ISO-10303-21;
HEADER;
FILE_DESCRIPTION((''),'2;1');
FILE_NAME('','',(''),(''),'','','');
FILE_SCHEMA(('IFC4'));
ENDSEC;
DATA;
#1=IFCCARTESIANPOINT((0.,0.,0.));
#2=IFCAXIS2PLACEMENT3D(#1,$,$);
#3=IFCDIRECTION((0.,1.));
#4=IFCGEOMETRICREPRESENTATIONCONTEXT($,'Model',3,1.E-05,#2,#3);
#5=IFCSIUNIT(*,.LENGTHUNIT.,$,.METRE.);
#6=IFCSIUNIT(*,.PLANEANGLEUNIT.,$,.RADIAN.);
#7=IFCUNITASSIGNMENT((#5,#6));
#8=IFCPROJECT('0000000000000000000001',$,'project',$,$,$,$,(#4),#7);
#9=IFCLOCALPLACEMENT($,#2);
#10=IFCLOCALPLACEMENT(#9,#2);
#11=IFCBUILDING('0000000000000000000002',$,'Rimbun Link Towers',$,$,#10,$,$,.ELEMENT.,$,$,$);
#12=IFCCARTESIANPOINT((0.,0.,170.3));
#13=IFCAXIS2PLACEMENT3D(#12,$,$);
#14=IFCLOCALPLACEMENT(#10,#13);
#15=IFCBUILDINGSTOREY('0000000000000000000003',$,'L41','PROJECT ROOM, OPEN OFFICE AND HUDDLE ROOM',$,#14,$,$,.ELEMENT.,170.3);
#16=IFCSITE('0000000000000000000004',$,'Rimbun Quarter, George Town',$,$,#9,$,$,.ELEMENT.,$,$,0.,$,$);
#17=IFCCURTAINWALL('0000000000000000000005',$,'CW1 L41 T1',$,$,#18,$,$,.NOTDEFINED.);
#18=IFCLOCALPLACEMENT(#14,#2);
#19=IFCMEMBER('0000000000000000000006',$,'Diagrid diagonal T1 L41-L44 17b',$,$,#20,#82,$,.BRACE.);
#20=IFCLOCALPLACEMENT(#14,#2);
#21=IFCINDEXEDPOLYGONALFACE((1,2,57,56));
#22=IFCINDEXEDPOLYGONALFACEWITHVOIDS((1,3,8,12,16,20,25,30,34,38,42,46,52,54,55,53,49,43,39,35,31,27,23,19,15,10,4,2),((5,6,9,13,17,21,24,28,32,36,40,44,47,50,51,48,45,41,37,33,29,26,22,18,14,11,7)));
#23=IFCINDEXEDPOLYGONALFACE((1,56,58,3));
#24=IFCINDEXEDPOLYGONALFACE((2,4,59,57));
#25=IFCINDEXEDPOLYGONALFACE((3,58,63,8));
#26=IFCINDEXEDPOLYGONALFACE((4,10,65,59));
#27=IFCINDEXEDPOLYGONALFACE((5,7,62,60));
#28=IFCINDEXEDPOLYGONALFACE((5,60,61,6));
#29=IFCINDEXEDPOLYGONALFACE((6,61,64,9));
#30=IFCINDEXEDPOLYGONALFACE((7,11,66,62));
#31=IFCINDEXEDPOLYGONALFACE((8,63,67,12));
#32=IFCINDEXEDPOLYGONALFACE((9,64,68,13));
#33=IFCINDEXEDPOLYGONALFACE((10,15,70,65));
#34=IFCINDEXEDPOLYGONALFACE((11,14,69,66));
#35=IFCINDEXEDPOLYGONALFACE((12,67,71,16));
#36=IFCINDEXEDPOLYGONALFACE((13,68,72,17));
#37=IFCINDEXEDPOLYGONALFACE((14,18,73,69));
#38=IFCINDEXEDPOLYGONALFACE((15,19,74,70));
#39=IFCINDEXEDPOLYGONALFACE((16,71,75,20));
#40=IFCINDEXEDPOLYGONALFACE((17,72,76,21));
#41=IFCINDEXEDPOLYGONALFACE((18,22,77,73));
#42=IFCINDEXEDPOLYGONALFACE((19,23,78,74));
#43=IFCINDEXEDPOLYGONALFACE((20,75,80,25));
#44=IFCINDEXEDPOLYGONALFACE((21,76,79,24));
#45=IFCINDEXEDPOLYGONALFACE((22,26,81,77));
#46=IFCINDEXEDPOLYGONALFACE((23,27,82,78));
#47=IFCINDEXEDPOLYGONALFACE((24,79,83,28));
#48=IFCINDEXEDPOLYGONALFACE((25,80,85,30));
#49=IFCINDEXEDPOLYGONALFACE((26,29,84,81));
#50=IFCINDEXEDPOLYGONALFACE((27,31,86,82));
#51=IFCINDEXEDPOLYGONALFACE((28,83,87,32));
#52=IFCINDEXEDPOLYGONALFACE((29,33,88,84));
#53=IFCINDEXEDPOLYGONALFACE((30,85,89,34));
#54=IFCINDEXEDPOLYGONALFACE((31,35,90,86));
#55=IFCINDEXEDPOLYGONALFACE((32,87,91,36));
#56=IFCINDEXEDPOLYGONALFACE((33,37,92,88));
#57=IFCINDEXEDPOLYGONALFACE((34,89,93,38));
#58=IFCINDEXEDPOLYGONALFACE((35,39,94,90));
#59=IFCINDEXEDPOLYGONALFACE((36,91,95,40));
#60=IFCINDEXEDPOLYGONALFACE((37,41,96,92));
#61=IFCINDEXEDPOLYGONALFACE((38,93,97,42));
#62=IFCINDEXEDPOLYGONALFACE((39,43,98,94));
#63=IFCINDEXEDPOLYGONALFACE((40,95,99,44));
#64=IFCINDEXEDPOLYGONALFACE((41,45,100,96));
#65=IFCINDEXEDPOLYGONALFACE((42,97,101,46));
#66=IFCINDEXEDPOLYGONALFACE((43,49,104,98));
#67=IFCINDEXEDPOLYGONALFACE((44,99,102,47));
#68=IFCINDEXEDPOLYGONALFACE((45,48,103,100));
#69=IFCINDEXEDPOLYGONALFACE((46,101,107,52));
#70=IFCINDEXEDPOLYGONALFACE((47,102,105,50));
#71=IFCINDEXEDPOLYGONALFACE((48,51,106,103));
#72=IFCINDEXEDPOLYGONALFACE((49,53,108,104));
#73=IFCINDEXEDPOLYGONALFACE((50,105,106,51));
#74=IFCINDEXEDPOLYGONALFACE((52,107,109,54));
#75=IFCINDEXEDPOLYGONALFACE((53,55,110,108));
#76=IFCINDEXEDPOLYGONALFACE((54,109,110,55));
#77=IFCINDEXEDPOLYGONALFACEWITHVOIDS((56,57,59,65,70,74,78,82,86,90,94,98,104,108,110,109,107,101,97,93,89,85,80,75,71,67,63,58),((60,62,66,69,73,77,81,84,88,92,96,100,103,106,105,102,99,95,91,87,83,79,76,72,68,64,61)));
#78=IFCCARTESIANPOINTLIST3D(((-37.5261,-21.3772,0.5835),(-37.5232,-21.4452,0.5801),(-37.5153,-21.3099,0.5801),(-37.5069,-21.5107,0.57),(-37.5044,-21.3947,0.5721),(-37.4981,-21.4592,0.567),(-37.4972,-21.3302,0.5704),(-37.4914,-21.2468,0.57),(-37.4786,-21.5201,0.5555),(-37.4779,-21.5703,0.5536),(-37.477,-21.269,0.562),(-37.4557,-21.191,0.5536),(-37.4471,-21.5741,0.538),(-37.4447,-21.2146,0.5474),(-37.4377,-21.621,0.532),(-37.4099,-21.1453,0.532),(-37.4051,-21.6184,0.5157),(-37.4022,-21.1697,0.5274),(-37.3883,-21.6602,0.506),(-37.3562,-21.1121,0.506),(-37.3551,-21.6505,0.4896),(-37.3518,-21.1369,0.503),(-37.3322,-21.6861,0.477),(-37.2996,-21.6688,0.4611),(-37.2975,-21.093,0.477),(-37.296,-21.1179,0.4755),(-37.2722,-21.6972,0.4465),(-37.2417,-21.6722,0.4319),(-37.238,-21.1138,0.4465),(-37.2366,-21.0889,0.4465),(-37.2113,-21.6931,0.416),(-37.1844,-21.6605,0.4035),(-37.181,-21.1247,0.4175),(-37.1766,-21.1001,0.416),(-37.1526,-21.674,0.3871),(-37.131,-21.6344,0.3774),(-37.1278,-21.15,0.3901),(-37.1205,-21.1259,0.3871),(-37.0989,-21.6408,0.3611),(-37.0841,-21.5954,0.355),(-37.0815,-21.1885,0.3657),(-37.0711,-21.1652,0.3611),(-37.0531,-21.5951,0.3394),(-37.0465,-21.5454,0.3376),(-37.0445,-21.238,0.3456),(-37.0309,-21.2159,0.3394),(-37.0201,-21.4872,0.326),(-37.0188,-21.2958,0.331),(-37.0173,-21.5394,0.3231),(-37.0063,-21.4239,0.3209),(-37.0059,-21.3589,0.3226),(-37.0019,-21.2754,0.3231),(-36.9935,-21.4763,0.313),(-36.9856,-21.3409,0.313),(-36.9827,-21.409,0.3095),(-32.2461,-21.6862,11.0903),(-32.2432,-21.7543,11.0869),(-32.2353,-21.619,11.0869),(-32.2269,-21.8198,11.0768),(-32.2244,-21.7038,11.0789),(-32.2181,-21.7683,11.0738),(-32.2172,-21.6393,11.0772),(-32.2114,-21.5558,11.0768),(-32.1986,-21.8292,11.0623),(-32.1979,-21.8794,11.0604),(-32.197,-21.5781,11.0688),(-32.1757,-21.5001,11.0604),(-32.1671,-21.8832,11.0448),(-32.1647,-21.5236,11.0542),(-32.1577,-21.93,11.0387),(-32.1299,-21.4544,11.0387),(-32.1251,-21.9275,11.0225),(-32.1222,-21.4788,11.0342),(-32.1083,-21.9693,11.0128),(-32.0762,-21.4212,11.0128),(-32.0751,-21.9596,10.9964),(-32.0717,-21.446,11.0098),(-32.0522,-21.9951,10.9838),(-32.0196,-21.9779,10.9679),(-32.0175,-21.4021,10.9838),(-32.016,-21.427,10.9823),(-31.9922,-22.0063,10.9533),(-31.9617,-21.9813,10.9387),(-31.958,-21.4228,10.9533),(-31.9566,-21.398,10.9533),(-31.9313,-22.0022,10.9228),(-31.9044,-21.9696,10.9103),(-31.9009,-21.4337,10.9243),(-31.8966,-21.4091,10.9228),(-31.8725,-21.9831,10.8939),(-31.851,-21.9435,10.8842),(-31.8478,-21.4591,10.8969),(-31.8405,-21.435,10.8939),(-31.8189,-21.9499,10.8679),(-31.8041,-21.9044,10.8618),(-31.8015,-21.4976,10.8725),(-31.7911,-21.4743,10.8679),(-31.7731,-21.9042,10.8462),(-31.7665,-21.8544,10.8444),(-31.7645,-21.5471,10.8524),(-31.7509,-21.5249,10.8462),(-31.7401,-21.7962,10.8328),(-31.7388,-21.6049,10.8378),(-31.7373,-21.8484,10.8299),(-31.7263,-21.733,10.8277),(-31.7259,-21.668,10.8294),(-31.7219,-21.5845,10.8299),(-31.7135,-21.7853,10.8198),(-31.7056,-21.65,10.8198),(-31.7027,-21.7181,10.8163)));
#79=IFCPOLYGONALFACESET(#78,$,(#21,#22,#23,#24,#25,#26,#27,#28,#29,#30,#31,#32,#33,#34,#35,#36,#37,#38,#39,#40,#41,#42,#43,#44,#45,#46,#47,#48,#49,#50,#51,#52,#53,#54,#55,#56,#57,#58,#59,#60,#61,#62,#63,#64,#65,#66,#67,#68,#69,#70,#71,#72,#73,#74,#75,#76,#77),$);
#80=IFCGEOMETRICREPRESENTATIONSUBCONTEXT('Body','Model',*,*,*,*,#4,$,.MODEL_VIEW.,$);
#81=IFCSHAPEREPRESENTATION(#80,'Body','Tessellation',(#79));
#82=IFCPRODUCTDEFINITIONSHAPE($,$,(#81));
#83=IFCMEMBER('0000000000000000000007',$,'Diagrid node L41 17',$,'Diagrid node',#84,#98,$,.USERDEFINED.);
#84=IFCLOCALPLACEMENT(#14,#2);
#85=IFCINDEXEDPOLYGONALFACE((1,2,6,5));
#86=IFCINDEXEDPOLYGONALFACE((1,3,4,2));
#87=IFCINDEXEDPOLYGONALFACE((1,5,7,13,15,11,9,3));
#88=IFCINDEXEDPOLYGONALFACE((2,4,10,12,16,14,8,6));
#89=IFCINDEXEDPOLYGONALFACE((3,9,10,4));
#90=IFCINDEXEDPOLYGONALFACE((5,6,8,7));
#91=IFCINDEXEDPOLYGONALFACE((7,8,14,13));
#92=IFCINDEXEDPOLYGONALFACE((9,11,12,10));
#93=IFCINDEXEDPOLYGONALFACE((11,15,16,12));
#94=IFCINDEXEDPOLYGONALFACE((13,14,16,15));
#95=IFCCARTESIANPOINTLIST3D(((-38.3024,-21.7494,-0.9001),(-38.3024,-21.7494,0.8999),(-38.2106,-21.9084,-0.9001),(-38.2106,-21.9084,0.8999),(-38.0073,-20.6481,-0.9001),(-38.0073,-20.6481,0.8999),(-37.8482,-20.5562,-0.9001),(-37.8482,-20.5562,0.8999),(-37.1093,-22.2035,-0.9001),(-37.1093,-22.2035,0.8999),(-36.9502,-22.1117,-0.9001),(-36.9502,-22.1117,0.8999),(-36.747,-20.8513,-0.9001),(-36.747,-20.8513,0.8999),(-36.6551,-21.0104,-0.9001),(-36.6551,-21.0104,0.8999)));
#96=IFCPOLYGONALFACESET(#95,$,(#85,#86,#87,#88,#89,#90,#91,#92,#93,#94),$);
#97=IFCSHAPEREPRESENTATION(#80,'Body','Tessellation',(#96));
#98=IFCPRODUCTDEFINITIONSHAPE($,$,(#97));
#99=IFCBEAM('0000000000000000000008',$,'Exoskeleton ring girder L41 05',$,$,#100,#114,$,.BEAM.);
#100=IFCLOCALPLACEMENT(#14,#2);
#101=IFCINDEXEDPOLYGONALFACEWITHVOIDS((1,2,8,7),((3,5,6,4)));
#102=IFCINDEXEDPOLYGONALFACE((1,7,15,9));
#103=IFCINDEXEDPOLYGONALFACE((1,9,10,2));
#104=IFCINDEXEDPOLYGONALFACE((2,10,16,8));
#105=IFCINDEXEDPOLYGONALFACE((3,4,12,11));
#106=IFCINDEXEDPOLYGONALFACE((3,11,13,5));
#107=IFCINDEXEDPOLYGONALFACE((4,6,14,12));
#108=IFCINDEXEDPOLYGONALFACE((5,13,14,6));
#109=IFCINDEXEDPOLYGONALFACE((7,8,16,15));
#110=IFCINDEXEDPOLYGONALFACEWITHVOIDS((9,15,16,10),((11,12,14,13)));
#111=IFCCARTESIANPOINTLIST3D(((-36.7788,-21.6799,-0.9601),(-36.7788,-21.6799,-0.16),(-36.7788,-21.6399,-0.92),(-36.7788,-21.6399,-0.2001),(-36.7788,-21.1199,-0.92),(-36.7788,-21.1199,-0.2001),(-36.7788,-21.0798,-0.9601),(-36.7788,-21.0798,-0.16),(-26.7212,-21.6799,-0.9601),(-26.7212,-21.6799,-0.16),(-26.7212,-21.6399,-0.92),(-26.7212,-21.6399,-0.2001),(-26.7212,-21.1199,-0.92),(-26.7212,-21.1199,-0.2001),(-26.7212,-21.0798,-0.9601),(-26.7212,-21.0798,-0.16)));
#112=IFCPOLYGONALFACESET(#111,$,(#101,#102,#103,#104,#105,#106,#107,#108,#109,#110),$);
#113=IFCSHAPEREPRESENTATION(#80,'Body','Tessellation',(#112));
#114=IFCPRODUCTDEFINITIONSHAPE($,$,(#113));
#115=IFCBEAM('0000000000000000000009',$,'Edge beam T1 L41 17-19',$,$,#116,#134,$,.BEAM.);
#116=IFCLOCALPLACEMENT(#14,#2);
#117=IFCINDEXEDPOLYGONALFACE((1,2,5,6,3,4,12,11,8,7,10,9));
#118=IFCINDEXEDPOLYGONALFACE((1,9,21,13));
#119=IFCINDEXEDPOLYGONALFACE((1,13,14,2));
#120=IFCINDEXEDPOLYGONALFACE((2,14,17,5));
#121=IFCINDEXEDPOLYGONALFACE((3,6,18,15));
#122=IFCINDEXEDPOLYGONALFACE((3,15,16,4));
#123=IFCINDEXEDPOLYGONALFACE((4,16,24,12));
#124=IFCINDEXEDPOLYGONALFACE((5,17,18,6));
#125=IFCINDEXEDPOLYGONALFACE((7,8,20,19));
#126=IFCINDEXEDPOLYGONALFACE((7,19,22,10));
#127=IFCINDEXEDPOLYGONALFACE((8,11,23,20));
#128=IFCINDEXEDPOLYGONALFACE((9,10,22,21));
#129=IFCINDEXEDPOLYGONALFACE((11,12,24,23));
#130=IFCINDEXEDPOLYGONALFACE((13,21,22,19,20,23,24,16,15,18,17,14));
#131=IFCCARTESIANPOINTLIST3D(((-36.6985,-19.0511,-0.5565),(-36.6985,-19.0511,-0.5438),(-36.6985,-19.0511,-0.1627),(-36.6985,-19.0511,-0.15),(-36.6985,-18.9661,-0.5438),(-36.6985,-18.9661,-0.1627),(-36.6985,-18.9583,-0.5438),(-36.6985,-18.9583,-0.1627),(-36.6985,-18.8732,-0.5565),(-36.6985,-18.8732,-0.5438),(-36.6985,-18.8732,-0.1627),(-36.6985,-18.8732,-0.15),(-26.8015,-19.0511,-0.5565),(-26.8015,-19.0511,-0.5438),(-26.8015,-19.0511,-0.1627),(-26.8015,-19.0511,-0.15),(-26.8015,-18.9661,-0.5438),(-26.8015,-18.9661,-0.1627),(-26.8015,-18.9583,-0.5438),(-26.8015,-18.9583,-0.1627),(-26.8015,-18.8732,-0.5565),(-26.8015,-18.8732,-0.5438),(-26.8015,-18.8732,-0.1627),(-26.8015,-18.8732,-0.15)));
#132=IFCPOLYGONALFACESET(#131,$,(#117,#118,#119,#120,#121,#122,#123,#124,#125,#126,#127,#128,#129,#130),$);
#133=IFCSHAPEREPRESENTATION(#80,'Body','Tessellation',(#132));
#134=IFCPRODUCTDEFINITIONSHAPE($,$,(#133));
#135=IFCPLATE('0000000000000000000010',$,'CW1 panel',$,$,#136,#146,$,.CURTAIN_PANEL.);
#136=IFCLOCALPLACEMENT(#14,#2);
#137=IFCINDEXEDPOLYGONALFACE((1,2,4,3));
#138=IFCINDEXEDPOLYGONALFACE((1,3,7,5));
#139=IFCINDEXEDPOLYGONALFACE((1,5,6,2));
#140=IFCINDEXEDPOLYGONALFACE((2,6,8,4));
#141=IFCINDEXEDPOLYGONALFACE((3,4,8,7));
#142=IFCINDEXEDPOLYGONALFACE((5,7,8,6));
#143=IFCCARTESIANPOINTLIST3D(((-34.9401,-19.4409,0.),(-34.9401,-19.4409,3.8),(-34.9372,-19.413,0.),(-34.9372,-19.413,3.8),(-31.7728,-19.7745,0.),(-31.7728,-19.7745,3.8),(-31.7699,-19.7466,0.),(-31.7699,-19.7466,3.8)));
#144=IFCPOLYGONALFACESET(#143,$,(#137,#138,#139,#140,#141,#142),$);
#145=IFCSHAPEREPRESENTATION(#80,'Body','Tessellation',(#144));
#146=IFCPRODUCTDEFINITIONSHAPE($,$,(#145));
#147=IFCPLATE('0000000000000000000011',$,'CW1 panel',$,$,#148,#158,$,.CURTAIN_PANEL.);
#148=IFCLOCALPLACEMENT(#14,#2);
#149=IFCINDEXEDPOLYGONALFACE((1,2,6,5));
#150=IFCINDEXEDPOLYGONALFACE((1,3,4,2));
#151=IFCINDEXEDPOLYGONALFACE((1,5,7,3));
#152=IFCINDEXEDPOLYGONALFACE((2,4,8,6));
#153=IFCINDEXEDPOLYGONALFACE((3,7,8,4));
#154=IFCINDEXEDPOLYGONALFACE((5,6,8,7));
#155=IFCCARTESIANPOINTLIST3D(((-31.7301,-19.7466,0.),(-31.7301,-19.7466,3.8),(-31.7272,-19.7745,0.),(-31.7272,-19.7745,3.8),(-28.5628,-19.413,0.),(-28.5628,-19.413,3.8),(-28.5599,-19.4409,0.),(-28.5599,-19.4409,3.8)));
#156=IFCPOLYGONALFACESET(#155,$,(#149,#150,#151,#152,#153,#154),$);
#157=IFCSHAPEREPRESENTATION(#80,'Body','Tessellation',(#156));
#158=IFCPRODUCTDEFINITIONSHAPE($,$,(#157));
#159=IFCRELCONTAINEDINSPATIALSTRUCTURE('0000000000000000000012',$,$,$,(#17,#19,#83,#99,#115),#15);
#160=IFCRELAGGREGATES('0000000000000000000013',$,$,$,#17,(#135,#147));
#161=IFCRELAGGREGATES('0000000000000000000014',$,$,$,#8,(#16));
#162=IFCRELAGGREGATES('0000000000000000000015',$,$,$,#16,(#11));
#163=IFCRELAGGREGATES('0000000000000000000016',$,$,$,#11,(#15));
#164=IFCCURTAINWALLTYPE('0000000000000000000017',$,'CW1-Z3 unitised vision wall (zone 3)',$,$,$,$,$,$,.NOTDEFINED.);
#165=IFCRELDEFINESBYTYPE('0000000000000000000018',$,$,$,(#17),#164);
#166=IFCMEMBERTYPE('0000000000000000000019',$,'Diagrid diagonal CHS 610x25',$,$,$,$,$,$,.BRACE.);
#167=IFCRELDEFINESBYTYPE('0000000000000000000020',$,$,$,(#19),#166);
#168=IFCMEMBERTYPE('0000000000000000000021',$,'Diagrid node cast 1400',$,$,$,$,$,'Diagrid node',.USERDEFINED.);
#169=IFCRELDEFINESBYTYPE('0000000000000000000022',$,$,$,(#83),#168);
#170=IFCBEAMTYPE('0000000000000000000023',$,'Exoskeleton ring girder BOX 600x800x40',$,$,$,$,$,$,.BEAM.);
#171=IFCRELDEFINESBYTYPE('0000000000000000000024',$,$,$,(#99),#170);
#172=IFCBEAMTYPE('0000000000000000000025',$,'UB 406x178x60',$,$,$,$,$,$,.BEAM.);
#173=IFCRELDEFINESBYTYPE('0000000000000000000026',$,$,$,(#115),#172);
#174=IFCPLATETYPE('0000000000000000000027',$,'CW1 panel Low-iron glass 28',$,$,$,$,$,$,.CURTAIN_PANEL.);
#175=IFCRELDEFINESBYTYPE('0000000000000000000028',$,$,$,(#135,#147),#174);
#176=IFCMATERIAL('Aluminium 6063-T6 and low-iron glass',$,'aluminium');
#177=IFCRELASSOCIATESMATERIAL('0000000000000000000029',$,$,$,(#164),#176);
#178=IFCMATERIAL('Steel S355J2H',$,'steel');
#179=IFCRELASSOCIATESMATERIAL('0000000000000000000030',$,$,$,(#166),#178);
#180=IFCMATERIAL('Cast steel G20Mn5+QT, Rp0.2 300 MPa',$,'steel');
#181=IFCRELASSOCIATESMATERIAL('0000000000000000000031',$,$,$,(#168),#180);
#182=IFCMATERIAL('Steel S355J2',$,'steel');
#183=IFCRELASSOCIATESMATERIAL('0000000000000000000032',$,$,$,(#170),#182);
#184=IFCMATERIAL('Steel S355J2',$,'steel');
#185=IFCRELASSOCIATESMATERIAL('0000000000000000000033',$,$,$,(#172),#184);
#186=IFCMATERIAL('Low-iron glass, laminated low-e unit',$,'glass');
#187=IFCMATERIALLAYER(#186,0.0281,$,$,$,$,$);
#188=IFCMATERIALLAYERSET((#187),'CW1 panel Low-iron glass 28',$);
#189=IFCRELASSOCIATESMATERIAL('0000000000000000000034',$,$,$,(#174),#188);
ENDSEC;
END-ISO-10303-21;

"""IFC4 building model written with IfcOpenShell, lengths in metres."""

from ifc_helpers import new_model, si_unit, direction, frame, origin, origin_2d, place, context, subcontext, project, spatial, polyline, rectangle, hollow_rectangle, hollow_circle, i_section, outline, extrude, material, layer, layer_set, material_profile, profile_set, type_object, element, aggregate, save


model = new_model("IFC4")

# Units and contexts
model_context = context("Model", 3, precision=1e-05, world=origin(), true_north=direction((0.0, 1.0)))
body_context = subcontext(model_context, "Body", "Model", "MODEL_VIEW")
ifc_project = project(units=[si_unit("LENGTHUNIT", "METRE"), si_unit("PLANEANGLEUNIT", "RADIAN")], contexts=[model_context])

# Site, building, storey
site_placement = place(None, origin())
site = spatial("IfcSite", under=ifc_project, at=site_placement, Name="Rimbun Quarter, George Town", CompositionType="ELEMENT", RefElevation=0.0)
building_placement = place(site_placement, origin())
building = spatial("IfcBuilding", under=site, at=building_placement, Name="Rimbun Link Towers", CompositionType="ELEMENT")
storey_placement = place(building_placement, frame((0.0, 0.0, 170.3)))
storey = spatial("IfcBuildingStorey", under=building, at=storey_placement, Name="L41", Description="PROJECT ROOM, OPEN OFFICE AND HUDDLE ROOM", CompositionType="ELEMENT", Elevation=170.3)

# Curtain wall
ifc_material_1 = material(Name="Aluminium 6063-T6 and low-iron glass", Category="aluminium")
curtain_wall_type = type_object("IfcCurtainWallType", Name="CW1-Z3 unitised vision wall (zone 3)", PredefinedType="NOTDEFINED", material=ifc_material_1)
curtain_wall_placement = place(storey_placement, origin())
curtain_wall = element("IfcCurtainWall", 1, at=curtain_wall_placement, inside=storey, type_object=curtain_wall_type, Name="CW1 L41 T1", PredefinedType="NOTDEFINED")

# Members
ifc_material_2 = material(Name="Steel S355J2H", Category="steel")
ifc_material_profile_1 = material_profile(ifc_material_2, hollow_circle(Radius=0.3047, WallThickness=0.0249, at=origin_2d()), Name="Diagrid diagonal CHS 610x25")
ifc_profile_set_1 = profile_set([ifc_material_profile_1], Name="Steel S355J2H")
member_type_1 = type_object("IfcMemberType", Name="Diagrid diagonal CHS 610x25", PredefinedType="BRACE", material=ifc_profile_set_1)
member_1_placement = place(storey_placement, frame((-37.2544, -21.3931, 0.4465), z_axis=(0.448868, -0.026276, 0.893212), x_axis=(0.058438, 0.998291, 0.0)))
element("IfcMember", 2, at=member_1_placement, inside=storey, type_object=member_type_1, Name="Diagrid diagonal T1 L41-L44 17b", PredefinedType="BRACE", context=body_context, shape_type="SweptSolid", body=[
    extrude(hollow_circle(Radius=0.3047, WallThickness=0.0249, at=origin_2d()), origin(), (0.0, 0.0, 1.0), 11.7629),
])
ifc_material_3 = material(Name="Cast steel G20Mn5+QT, Rp0.2 300 MPa", Category="steel")
ifc_material_profile_2 = material_profile(ifc_material_3, outline(polyline([(0.7, -0.5701), (0.7, 0.5701), (0.5701, 0.7), (-0.5701, 0.7), (-0.7, 0.5701), (-0.7, -0.5701), (-0.5701, -0.7), (0.5701, -0.7), (0.7, -0.5701)])), Name="NODE 1400x1400")
ifc_profile_set_2 = profile_set([ifc_material_profile_2], Name="Cast steel G20Mn5+QT, Rp0.2 300 MPa")
member_type_2 = type_object("IfcMemberType", Name="Diagrid node cast 1400", ElementType="Diagrid node", PredefinedType="USERDEFINED", material=ifc_profile_set_2)
member_2_placement = place(storey_placement, frame((-37.4788, -21.3799, -0.9001), z_axis=(0.0, 0.0, 1.0), x_axis=(-0.258819, -0.965926, 0.0)))
element("IfcMember", 3, at=member_2_placement, inside=storey, type_object=member_type_2, Name="Diagrid node L41 17", ObjectType="Diagrid node", PredefinedType="USERDEFINED", context=body_context, shape_type="SweptSolid", body=[
    extrude(outline(polyline([(0.7, -0.5701), (0.7, 0.5701), (0.5701, 0.7), (-0.5701, 0.7), (-0.7, 0.5701), (-0.7, -0.5701), (-0.5701, -0.7), (0.5701, -0.7), (0.7, -0.5701)])), origin(), (0.0, 0.0, 1.0), 1.8),
])

# Beams
ifc_material_4 = material(Name="Steel S355J2", Category="steel")
ifc_material_profile_3 = material_profile(ifc_material_4, hollow_rectangle(XDim=0.6001, YDim=0.8, WallThickness=0.04, at=origin_2d()), Name="Exoskeleton ring girder BOX 600x800x40")
ifc_profile_set_3 = profile_set([ifc_material_profile_3], Name="Steel S355J2")
beam_type_1 = type_object("IfcBeamType", Name="Exoskeleton ring girder BOX 600x800x40", PredefinedType="BEAM", material=ifc_profile_set_3)
beam_1_placement = place(storey_placement, frame((-36.7788, -21.3799, -0.5601), z_axis=(1.0, 0.0, 0.0), x_axis=(0.0, 1.0, 0.0)))
element("IfcBeam", 4, at=beam_1_placement, inside=storey, type_object=beam_type_1, Name="Exoskeleton ring girder L41 05", PredefinedType="BEAM", context=body_context, shape_type="SweptSolid", body=[
    extrude(hollow_rectangle(XDim=0.6001, YDim=0.8, WallThickness=0.04, at=origin_2d()), origin(), (0.0, 0.0, 1.0), 10.0576),
])
ifc_material_5 = material(Name="Steel S355J2", Category="steel")
ifc_material_profile_4 = material_profile(ifc_material_5, i_section(OverallWidth=0.178, OverallDepth=0.4065, WebThickness=0.0078, FlangeThickness=0.0127, at=origin_2d()), Name="UB 406x178x60")
ifc_profile_set_4 = profile_set([ifc_material_profile_4], Name="Steel S355J2")
beam_type_2 = type_object("IfcBeamType", Name="UB 406x178x60", PredefinedType="BEAM", material=ifc_profile_set_4)
beam_2_placement = place(storey_placement, frame((-36.6985, -18.9622, -0.3533), z_axis=(1.0, 0.0, 0.0), x_axis=(0.0, 1.0, 0.0)))
element("IfcBeam", 5, at=beam_2_placement, inside=storey, type_object=beam_type_2, Name="Edge beam T1 L41 17-19", PredefinedType="BEAM", context=body_context, shape_type="SweptSolid", body=[
    extrude(i_section(OverallWidth=0.178, OverallDepth=0.4065, WebThickness=0.0078, FlangeThickness=0.0127, at=origin_2d()), origin(), (0.0, 0.0, 1.0), 9.897),
])

# Plates
ifc_material_6 = material(Name="Low-iron glass, laminated low-e unit", Category="glass")
ifc_layer = layer(ifc_material_6, 0.0281)
ifc_layer_set = layer_set([ifc_layer], Name="CW1 panel Low-iron glass 28")
plate_type = type_object("IfcPlateType", Name="CW1 panel Low-iron glass 28", PredefinedType="CURTAIN_PANEL", material=ifc_layer_set)
plate_1_placement = place(storey_placement, frame((-33.355, -19.5938, 0.0), z_axis=(0.0, 0.0, 1.0), x_axis=(-0.9945, 0.104737, 0.0)))
plate_1 = element("IfcPlate", 6, at=plate_1_placement, type_object=plate_type, Name="CW1 panel", PredefinedType="CURTAIN_PANEL", context=body_context, shape_type="SweptSolid", body=[
    extrude(rectangle(XDim=3.1848, YDim=0.0281, at=origin_2d()), origin(), (0.0, 0.0, 1.0), 3.8),
])
plate_2_placement = place(storey_placement, frame((-30.145, -19.5938, 0.0), z_axis=(0.0, 0.0, 1.0), x_axis=(-0.9945, -0.104737, 0.0)))
plate_2 = element("IfcPlate", 7, at=plate_2_placement, type_object=plate_type, Name="CW1 panel", PredefinedType="CURTAIN_PANEL", context=body_context, shape_type="SweptSolid", body=[
    extrude(rectangle(XDim=3.1848, YDim=0.0281, at=origin_2d()), origin(), (0.0, 0.0, 1.0), 3.8),
])
aggregate(curtain_wall, [plate_1, plate_2])

save(model, "model.ifc")
